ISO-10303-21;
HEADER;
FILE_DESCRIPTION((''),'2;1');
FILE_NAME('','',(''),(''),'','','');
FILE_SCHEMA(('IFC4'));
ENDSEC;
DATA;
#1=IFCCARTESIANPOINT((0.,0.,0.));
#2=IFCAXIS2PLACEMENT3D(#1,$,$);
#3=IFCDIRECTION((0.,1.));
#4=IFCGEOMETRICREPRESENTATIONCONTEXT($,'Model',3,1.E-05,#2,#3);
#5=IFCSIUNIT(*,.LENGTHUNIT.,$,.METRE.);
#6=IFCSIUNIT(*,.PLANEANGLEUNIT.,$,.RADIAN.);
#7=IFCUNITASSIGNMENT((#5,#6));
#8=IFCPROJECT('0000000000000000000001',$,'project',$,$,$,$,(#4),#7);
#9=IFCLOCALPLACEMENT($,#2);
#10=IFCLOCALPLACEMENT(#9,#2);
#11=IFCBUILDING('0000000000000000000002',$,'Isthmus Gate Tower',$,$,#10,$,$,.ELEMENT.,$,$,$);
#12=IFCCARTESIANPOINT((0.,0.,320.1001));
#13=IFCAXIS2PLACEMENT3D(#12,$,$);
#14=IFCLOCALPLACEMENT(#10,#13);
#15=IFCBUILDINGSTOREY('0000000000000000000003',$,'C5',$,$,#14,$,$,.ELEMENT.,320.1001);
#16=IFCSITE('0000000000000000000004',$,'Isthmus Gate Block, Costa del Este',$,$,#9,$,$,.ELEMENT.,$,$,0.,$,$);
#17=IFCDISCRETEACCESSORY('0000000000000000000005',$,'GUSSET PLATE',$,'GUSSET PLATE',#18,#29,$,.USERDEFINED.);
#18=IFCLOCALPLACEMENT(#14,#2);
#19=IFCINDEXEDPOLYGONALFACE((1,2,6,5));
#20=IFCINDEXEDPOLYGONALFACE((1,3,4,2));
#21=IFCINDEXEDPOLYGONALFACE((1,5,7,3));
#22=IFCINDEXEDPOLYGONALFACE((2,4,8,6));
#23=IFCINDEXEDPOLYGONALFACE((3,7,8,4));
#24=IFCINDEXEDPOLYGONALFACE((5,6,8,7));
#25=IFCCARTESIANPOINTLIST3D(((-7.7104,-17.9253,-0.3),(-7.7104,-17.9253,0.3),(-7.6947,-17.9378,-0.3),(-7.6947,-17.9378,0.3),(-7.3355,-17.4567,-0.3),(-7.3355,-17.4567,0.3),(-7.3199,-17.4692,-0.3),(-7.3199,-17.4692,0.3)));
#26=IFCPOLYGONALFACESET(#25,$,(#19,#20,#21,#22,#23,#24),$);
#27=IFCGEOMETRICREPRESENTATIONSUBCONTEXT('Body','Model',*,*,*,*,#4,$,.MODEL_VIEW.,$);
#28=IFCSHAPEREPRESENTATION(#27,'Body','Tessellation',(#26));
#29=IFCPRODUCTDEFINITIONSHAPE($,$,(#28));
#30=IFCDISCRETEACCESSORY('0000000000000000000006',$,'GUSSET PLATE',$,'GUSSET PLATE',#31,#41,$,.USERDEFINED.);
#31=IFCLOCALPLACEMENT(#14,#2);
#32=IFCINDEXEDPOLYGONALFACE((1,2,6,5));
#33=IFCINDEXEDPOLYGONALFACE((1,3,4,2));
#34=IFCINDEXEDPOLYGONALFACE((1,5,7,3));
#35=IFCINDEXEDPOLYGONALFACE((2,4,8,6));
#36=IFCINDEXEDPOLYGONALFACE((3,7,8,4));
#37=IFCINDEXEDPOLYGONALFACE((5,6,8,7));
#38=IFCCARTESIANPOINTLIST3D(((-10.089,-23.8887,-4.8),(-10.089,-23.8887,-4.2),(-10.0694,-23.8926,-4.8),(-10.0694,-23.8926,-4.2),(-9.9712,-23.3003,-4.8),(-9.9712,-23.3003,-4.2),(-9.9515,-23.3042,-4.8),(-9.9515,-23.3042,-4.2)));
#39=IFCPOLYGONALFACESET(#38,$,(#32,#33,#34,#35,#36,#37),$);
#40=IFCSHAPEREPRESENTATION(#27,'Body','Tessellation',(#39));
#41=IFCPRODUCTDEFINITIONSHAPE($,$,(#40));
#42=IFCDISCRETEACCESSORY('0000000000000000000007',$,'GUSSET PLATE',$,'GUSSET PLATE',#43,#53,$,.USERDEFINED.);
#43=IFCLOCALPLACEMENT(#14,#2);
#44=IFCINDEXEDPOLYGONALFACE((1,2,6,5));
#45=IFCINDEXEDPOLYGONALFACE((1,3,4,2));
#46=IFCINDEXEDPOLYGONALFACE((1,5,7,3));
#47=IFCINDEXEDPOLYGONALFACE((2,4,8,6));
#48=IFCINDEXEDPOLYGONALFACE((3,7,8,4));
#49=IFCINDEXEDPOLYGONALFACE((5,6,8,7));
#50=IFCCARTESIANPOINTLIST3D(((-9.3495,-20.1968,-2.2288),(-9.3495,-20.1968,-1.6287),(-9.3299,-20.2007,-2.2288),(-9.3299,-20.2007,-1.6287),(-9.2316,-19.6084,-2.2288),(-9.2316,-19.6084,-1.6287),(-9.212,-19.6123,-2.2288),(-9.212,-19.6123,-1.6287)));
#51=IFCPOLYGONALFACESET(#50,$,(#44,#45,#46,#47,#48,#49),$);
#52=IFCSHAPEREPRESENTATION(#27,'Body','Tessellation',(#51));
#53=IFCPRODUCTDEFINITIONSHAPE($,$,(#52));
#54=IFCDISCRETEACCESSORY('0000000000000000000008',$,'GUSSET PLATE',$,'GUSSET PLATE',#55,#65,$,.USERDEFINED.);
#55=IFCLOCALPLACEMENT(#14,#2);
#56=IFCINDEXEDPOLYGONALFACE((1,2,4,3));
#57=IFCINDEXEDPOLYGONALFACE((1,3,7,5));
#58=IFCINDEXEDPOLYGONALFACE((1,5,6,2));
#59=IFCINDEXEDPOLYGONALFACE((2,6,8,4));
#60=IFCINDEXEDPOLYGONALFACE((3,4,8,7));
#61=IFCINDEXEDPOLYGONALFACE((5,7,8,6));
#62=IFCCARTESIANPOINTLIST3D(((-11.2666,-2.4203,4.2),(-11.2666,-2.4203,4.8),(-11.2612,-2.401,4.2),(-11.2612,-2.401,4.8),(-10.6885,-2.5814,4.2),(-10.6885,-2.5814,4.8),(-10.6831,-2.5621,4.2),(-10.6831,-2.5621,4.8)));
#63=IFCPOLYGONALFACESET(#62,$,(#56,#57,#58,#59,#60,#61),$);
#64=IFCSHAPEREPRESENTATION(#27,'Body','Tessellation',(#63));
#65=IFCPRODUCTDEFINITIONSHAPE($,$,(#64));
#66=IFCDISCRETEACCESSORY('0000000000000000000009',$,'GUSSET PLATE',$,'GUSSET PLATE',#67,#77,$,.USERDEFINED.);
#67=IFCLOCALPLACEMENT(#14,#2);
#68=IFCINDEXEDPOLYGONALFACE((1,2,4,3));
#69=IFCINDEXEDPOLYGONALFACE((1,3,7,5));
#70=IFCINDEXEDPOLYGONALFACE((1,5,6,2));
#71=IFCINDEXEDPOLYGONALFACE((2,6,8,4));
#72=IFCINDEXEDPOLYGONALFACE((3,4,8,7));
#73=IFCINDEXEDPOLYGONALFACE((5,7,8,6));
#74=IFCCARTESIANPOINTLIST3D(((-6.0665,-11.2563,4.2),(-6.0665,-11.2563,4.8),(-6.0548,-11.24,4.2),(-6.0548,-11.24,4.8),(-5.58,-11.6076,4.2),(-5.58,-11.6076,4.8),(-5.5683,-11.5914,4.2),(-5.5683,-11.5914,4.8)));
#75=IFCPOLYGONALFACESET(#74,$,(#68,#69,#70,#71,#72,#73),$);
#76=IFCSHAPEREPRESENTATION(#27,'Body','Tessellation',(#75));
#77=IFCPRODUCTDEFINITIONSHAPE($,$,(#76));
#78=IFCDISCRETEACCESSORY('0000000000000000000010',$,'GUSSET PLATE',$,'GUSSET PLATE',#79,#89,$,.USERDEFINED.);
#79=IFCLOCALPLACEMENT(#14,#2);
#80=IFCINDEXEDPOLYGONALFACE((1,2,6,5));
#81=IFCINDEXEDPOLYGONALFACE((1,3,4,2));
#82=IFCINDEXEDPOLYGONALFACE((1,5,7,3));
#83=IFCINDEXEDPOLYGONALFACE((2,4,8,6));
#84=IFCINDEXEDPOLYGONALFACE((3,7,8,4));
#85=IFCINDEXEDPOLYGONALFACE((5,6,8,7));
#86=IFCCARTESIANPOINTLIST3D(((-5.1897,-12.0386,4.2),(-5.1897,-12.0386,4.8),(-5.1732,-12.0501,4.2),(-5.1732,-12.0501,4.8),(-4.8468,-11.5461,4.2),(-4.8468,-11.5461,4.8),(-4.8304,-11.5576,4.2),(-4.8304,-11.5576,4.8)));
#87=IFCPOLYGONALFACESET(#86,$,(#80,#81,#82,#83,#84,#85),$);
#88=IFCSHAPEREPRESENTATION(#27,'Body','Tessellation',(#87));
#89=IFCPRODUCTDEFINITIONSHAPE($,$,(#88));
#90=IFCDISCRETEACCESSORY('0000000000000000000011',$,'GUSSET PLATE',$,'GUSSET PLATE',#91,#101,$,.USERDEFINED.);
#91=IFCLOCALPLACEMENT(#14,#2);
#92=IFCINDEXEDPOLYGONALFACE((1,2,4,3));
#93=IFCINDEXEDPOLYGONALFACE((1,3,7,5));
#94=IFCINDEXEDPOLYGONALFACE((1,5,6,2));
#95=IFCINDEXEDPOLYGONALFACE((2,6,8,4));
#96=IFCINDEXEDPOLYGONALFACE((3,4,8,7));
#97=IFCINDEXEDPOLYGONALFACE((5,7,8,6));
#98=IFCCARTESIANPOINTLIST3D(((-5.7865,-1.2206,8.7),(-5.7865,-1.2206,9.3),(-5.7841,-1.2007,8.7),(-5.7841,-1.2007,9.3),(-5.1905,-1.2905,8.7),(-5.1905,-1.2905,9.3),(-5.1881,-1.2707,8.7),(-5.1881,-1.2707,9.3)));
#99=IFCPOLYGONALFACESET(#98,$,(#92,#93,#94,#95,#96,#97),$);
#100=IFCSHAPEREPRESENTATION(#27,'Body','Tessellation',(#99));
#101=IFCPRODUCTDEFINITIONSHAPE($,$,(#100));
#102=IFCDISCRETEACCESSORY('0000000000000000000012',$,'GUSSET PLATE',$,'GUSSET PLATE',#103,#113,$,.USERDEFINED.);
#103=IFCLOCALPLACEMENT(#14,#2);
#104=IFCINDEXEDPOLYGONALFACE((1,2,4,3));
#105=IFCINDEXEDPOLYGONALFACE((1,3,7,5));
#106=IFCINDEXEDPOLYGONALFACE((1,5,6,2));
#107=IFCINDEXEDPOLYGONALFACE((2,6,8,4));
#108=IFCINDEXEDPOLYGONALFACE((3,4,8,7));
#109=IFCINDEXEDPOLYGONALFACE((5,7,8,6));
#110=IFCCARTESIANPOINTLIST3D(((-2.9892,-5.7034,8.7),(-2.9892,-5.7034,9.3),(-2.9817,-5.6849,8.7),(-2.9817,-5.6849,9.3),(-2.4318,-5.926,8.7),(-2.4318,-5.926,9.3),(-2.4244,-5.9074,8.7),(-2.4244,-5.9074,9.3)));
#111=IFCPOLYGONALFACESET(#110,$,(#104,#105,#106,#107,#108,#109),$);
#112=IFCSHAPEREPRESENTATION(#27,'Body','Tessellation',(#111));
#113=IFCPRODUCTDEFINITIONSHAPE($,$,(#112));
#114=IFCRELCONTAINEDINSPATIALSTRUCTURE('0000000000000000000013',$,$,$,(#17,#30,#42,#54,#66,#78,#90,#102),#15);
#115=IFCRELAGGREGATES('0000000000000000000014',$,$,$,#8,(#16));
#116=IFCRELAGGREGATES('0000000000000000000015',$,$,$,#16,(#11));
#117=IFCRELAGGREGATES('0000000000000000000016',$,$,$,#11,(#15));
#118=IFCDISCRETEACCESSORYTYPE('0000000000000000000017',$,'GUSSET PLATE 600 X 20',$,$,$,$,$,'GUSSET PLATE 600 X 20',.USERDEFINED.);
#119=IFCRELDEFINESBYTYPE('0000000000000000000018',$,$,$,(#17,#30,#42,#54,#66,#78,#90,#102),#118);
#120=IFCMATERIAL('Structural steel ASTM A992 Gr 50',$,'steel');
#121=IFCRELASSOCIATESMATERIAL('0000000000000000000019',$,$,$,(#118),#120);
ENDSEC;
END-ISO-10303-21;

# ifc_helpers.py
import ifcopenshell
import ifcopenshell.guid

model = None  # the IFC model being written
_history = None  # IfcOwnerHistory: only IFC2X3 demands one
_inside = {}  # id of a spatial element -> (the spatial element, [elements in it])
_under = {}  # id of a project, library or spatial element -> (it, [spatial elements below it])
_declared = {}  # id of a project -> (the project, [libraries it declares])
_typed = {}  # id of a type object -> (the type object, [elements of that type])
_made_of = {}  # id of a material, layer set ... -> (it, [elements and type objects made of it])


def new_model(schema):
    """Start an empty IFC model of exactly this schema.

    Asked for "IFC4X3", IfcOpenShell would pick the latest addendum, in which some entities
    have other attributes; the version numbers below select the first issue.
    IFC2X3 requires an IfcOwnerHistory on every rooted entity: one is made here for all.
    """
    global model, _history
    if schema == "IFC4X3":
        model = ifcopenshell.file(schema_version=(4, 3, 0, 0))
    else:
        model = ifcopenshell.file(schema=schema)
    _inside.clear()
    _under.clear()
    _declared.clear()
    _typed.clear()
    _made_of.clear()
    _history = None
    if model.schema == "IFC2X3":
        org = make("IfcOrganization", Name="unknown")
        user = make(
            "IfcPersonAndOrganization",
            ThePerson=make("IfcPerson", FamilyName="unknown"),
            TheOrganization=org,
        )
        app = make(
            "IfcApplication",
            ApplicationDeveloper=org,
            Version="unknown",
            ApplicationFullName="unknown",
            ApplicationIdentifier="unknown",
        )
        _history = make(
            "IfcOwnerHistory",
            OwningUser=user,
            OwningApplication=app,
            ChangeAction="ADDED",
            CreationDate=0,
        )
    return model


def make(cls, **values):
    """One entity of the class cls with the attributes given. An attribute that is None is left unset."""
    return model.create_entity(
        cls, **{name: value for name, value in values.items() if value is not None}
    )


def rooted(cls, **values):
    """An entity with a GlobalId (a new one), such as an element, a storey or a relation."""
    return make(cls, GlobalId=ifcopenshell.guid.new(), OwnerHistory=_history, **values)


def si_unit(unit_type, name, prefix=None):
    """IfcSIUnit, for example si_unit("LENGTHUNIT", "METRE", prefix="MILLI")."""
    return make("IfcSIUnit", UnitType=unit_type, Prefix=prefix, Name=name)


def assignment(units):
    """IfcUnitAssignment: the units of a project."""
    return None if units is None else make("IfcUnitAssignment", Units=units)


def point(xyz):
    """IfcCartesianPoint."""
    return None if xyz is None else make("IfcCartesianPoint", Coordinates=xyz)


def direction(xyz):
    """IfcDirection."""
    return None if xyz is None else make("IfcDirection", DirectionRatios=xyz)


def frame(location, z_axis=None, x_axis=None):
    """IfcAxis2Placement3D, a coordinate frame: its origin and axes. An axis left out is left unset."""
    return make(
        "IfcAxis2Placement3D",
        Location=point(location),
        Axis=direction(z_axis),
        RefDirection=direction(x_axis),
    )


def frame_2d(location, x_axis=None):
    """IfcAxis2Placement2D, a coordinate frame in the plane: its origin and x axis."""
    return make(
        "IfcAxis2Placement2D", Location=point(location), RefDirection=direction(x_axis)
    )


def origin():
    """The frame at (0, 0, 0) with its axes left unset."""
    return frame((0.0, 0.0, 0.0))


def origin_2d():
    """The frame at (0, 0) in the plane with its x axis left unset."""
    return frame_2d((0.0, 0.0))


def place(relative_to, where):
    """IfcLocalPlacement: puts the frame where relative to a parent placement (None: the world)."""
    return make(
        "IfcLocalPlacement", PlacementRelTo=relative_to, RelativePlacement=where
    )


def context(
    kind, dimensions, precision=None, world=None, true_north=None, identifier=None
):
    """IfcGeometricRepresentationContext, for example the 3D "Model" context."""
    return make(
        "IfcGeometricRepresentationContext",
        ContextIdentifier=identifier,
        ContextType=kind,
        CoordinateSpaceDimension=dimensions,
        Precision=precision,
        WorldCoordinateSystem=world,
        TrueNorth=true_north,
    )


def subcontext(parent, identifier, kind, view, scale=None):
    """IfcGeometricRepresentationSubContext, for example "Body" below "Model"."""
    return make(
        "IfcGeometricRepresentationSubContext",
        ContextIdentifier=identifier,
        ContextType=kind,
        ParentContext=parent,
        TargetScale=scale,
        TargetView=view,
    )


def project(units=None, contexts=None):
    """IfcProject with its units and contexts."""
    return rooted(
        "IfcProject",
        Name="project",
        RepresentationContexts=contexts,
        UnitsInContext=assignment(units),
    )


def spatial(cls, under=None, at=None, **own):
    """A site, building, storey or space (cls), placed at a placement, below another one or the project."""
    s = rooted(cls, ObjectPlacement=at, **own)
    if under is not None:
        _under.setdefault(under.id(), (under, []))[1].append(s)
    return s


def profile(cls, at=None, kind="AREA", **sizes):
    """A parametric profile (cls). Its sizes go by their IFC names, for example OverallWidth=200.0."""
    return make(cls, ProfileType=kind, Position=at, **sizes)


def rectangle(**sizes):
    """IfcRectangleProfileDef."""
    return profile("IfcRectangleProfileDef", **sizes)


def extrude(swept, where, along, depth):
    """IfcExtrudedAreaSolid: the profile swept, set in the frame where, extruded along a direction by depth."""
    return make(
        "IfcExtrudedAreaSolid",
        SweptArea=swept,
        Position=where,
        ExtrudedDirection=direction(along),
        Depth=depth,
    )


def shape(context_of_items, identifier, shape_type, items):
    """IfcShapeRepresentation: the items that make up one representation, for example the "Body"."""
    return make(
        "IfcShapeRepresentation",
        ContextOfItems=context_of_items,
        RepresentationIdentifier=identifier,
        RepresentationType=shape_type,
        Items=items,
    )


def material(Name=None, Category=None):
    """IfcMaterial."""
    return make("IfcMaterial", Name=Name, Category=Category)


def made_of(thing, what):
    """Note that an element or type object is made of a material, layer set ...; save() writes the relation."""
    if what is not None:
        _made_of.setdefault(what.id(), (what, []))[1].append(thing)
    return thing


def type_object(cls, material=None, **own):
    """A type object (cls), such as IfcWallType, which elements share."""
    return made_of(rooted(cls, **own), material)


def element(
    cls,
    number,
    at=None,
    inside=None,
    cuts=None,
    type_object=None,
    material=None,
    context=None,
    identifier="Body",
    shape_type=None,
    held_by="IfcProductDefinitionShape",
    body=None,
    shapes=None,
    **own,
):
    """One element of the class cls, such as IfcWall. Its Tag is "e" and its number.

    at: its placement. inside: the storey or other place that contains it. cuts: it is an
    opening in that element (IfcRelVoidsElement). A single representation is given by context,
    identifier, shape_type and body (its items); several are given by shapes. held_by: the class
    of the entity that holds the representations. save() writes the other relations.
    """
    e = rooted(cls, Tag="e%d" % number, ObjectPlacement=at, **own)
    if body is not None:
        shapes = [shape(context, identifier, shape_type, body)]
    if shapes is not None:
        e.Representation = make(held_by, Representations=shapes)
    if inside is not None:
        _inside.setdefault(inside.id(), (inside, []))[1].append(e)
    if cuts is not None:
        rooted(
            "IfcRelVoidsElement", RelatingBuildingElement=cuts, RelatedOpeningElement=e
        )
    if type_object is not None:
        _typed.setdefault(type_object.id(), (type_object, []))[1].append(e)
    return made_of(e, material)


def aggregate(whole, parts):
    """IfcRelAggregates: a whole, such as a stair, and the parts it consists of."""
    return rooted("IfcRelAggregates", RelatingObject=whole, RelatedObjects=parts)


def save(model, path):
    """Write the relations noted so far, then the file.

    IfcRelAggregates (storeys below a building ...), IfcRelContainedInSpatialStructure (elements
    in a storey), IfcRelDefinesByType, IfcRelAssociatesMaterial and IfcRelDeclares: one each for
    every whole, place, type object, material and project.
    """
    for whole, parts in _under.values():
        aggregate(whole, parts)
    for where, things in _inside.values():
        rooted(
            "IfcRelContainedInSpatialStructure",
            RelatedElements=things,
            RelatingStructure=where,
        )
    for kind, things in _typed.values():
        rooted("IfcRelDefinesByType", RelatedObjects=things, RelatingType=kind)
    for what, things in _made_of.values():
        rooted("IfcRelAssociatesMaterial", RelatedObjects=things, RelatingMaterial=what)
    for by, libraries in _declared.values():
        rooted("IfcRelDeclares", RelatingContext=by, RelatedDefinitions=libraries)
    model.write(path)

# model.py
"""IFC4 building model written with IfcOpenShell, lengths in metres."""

from ifc_helpers import new_model, si_unit, direction, frame, origin, origin_2d, place, context, subcontext, project, spatial, rectangle, extrude, material, type_object, element, save


model = new_model("IFC4")

# Units and contexts
model_context = context("Model", 3, precision=1e-05, world=origin(), true_north=direction((0.0, 1.0)))
body_context = subcontext(model_context, "Body", "Model", "MODEL_VIEW")
ifc_project = project(units=[si_unit("LENGTHUNIT", "METRE"), si_unit("PLANEANGLEUNIT", "RADIAN")], contexts=[model_context])

# Site, building, storey
site_placement = place(None, origin())
site = spatial("IfcSite", under=ifc_project, at=site_placement, Name="Isthmus Gate Block, Costa del Este", CompositionType="ELEMENT", RefElevation=0.0)
building_placement = place(site_placement, origin())
building = spatial("IfcBuilding", under=site, at=building_placement, Name="Isthmus Gate Tower", CompositionType="ELEMENT")
storey_placement = place(building_placement, frame((0.0, 0.0, 320.1001)))
storey = spatial("IfcBuildingStorey", under=building, at=storey_placement, Name="C5", CompositionType="ELEMENT", Elevation=320.1001)

# Discrete accessories
ifc_material_1 = material(Name="Structural steel ASTM A992 Gr 50", Category="steel")
discrete_accessory_type = type_object("IfcDiscreteAccessoryType", Name="GUSSET PLATE 600 X 20", ElementType="GUSSET PLATE 600 X 20", PredefinedType="USERDEFINED", material=ifc_material_1)
for number, where, z_axis, x_axis, name in (
    (1, (-7.5151, -17.6973, -0.3), (0.0, 0.0, 1.0), (0.624633, 0.780919, 0.0), "GUSSET PLATE"),
    (2, (-10.0203, -23.5964, -4.8), (0.0, 0.0, 1.0), (0.196393, 0.980525, 0.0), "GUSSET PLATE"),
    (3, (-9.2808, -19.9045, -2.2288), (0.0, 0.0, 1.0), (0.196393, 0.980525, 0.0), "GUSSET PLATE"),
    (4, (-10.9749, -2.4912, 4.2), (0.0, 0.0, 1.0), (0.963307, -0.268402, 0.0), "GUSSET PLATE"),
    (5, (-5.8174, -11.4238, 4.2), (0.0, 0.0, 1.0), (0.810703, -0.585458, 0.0), "GUSSET PLATE"),
    (6, (-5.01, -11.7981, 4.2), (0.0, 0.0, 1.0), (0.571366, 0.820695, 0.0), "GUSSET PLATE"),
    (7, (-5.4873, -1.2456, 8.7), (0.0, 0.0, 1.0), (0.993175, -0.116631, 0.0), "GUSSET PLATE"),
    (8, (-2.7068, -5.8054, 8.7), (0.0, 0.0, 1.0), (0.928699, -0.370834, 0.0), "GUSSET PLATE"),
):
    element("IfcDiscreteAccessory", number, at=place(storey_placement, frame(where, z_axis=z_axis, x_axis=x_axis)), inside=storey, type_object=discrete_accessory_type, Name=name, ObjectType="GUSSET PLATE", PredefinedType="USERDEFINED", context=body_context, shape_type="SweptSolid", body=[
        extrude(rectangle(XDim=0.6001, YDim=0.02, at=origin_2d()), origin(), (0.0, 0.0, 1.0), 0.6001),
    ])

save(model, "model.ifc")
